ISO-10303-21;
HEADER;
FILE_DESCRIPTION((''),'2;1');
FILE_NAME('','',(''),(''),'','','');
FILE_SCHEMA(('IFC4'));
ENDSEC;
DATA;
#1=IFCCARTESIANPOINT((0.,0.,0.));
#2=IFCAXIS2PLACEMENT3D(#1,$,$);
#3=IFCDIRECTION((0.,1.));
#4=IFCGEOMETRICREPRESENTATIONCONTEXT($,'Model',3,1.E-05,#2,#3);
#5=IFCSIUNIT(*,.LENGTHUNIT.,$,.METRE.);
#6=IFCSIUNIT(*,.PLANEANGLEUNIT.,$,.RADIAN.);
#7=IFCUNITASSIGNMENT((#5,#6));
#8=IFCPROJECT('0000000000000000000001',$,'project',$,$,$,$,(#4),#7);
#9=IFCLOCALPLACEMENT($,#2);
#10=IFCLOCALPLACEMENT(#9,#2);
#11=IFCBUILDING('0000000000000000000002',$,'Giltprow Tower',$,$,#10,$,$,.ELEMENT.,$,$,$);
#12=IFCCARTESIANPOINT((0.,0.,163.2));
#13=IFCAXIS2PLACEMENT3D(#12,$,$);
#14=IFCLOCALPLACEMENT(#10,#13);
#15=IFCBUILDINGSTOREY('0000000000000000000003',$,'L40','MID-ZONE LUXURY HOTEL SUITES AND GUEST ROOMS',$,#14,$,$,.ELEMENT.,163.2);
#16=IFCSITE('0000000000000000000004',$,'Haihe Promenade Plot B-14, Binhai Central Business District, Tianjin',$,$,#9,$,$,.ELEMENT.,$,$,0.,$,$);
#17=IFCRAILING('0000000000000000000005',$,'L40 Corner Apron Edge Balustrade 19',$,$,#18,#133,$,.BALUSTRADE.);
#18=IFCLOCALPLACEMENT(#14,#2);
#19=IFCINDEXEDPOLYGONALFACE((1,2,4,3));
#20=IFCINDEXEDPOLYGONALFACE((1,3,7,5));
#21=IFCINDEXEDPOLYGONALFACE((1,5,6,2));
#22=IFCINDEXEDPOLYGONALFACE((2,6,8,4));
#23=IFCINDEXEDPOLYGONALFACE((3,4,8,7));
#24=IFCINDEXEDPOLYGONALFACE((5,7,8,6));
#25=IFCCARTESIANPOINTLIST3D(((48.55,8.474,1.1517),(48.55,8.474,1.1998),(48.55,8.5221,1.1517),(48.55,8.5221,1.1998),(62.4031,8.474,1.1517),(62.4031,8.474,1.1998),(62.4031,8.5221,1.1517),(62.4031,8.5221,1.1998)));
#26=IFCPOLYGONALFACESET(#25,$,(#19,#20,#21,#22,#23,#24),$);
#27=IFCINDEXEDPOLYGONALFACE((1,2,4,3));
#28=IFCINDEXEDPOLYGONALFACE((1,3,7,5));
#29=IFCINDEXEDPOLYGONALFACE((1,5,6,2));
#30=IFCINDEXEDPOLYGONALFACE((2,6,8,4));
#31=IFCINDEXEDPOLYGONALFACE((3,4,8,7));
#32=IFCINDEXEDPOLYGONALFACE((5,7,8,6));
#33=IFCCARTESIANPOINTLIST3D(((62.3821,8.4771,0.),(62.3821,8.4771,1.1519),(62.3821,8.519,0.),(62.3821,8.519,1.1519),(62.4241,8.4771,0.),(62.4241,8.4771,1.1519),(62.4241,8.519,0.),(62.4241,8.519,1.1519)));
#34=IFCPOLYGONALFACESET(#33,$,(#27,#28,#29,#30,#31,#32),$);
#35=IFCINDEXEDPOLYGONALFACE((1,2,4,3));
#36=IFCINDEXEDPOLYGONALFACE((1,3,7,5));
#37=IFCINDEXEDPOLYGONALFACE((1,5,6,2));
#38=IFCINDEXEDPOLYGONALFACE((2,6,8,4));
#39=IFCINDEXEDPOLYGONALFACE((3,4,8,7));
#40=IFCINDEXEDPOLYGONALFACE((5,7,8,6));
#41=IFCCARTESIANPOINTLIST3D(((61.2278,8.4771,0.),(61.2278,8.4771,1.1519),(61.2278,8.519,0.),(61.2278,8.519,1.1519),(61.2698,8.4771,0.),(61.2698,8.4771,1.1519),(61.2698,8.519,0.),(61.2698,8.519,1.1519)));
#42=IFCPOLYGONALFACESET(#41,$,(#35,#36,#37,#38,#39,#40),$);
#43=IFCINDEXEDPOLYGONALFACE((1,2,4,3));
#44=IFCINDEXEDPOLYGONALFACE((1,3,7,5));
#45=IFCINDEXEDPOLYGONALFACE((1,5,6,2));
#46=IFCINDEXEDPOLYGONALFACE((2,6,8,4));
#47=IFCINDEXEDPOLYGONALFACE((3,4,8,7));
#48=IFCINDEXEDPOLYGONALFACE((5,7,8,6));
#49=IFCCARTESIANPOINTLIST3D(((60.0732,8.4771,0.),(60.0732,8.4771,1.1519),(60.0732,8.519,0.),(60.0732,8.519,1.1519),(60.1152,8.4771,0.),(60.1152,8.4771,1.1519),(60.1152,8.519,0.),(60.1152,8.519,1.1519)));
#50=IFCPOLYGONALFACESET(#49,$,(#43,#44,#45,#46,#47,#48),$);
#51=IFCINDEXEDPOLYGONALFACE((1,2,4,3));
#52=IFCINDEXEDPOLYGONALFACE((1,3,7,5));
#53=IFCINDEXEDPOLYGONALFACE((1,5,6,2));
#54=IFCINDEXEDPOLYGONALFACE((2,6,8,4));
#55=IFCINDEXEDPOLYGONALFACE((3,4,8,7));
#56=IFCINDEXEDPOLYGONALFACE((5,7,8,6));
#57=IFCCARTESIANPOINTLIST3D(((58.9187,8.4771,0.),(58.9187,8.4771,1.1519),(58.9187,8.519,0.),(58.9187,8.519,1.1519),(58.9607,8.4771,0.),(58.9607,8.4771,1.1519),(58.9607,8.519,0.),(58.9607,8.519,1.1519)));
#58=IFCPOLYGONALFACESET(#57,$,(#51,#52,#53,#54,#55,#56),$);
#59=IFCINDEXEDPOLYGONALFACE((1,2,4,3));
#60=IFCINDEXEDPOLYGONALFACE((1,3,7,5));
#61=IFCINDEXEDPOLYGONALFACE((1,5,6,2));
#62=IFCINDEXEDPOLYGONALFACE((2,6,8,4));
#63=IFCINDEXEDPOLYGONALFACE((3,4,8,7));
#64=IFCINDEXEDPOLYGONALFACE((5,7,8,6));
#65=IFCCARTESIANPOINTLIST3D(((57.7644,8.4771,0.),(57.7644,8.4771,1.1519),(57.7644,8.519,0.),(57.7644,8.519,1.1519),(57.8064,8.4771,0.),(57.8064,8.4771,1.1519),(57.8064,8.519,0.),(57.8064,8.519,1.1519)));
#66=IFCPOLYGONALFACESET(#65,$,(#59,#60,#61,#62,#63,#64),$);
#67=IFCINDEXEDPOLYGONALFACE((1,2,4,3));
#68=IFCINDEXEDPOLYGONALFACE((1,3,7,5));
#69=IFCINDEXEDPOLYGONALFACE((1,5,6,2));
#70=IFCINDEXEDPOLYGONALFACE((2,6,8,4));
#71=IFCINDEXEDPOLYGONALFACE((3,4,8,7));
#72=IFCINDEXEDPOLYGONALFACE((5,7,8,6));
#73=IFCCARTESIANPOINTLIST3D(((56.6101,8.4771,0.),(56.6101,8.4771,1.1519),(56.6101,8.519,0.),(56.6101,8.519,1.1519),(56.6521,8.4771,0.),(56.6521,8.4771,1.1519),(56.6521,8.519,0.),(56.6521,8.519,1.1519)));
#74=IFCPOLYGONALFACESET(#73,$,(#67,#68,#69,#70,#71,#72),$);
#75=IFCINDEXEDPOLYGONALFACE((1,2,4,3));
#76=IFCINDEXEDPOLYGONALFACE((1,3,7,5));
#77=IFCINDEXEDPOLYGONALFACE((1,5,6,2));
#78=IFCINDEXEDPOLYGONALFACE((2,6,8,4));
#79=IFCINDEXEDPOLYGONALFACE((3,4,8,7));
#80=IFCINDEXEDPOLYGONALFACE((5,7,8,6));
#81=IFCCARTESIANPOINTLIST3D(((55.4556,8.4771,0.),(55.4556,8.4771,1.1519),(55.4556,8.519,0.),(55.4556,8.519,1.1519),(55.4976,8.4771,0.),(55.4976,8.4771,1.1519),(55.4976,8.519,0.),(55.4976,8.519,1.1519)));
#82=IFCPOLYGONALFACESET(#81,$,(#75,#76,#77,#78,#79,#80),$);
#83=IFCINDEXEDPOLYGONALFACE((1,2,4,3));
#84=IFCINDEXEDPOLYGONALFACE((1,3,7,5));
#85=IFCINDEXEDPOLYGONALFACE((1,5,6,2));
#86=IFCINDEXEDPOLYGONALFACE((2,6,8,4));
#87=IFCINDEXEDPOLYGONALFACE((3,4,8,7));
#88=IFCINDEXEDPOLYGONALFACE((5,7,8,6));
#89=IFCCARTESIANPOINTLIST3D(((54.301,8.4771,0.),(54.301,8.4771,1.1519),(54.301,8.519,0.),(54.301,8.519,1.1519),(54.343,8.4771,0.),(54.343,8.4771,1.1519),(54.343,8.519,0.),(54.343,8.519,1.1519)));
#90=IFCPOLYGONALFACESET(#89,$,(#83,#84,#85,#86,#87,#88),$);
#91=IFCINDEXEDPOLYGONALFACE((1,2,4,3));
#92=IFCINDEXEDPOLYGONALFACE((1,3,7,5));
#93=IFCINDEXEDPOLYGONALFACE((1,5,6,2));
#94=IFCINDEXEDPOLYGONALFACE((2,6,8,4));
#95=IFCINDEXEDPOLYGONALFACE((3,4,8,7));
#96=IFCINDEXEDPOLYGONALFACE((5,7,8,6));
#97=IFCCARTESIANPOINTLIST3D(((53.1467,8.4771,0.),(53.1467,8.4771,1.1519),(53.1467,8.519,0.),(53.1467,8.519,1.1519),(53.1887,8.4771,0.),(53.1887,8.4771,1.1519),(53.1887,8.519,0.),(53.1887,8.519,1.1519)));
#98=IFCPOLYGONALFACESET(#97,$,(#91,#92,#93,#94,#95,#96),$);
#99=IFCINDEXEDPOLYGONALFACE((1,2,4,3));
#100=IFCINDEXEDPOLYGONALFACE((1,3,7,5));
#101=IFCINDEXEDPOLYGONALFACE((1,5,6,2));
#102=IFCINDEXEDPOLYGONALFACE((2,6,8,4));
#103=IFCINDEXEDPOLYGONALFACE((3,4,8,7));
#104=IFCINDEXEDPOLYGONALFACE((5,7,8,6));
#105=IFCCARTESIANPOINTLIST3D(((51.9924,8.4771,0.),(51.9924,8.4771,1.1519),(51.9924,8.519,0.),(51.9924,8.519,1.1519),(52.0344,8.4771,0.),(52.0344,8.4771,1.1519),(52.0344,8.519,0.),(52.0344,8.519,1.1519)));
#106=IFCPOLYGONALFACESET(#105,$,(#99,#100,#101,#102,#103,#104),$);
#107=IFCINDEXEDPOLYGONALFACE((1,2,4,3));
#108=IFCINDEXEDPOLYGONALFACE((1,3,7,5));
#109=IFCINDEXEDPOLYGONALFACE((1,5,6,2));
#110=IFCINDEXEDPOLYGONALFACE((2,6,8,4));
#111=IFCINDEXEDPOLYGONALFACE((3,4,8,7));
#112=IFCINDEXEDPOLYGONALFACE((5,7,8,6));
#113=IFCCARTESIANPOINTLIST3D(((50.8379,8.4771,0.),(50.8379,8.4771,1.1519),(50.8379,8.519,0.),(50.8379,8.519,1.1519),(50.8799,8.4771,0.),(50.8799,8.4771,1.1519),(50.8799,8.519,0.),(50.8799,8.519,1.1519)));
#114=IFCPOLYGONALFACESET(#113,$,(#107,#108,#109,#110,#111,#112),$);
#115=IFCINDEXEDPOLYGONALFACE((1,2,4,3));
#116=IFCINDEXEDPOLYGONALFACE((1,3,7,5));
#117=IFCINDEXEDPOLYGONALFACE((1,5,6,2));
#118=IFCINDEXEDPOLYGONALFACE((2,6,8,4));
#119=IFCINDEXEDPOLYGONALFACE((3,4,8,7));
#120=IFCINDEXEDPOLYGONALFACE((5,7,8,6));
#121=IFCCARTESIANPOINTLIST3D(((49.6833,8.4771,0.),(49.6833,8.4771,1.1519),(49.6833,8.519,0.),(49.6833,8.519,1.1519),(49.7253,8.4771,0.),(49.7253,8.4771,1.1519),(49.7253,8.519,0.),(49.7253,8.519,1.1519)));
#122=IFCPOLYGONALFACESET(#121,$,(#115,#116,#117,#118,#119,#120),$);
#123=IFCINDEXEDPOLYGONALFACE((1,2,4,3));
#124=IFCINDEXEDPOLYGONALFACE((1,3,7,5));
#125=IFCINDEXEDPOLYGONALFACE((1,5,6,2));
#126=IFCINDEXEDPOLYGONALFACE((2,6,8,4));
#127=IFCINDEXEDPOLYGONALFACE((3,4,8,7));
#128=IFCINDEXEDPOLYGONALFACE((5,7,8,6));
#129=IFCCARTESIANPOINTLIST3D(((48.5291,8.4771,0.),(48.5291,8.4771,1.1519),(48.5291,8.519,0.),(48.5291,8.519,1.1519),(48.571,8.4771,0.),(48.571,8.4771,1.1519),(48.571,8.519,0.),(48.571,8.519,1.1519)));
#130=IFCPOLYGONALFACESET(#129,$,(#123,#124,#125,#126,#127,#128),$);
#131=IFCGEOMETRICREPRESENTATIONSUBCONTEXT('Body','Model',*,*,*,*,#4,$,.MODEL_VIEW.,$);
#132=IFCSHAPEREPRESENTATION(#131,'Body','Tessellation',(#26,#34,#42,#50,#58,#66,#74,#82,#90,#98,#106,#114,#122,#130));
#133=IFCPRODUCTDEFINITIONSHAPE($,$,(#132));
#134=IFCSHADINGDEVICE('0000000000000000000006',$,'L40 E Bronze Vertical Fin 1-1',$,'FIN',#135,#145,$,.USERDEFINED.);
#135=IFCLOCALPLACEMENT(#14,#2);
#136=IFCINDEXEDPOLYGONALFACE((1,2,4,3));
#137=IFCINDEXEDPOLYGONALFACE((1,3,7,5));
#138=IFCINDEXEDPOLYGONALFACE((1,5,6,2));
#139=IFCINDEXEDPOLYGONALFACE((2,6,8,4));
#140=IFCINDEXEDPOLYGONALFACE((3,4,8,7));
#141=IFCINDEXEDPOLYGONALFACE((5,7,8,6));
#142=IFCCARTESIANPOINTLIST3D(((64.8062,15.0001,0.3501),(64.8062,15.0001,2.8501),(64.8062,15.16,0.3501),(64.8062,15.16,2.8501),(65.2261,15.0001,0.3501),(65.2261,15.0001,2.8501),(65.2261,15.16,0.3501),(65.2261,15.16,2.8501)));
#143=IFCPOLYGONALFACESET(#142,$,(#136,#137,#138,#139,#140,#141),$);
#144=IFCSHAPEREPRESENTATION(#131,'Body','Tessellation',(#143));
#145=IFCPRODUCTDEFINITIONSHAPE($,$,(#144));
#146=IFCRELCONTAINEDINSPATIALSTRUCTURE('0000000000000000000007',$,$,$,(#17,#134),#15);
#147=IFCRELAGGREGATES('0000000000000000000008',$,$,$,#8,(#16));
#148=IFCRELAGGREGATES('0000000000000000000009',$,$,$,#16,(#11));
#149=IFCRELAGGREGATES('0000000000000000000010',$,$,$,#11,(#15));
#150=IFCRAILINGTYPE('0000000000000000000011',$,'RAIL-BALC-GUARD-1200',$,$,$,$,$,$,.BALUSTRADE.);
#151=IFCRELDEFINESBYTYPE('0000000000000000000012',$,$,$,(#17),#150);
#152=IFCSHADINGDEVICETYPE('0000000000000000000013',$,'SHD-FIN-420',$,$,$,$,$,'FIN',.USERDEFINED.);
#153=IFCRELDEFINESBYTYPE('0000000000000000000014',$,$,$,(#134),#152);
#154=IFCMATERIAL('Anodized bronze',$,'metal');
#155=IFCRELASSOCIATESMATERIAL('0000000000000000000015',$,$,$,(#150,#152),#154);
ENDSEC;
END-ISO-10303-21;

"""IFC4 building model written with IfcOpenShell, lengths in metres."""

from ifc_helpers import new_model, si_unit, direction, frame, origin, origin_2d, place, context, subcontext, project, spatial, rectangle, extrude, source, transform, mapped, material, type_object, element, save


model = new_model("IFC4")

# Units and contexts
model_context = context("Model", 3, precision=1e-05, world=origin(), true_north=direction((0.0, 1.0)))
body_context = subcontext(model_context, "Body", "Model", "MODEL_VIEW")
ifc_project = project(units=[si_unit("LENGTHUNIT", "METRE"), si_unit("PLANEANGLEUNIT", "RADIAN")], contexts=[model_context])

# Site, building, storey
site_placement = place(None, origin())
site = spatial("IfcSite", under=ifc_project, at=site_placement, Name="Haihe Promenade Plot B-14, Binhai Central Business District, Tianjin", CompositionType="ELEMENT", RefElevation=0.0)
building_placement = place(site_placement, origin())
building = spatial("IfcBuilding", under=site, at=building_placement, Name="Giltprow Tower", CompositionType="ELEMENT")
storey_placement = place(building_placement, frame((0.0, 0.0, 163.2)))
storey = spatial("IfcBuildingStorey", under=building, at=storey_placement, Name="L40", Description="MID-ZONE LUXURY HOTEL SUITES AND GUEST ROOMS", CompositionType="ELEMENT", Elevation=163.2)

# Shared definitions
ifc_material_1 = material(Name="Anodized bronze", Category="metal")

# Railing
railing_type = type_object("IfcRailingType", Name="RAIL-BALC-GUARD-1200", PredefinedType="BALUSTRADE", material=ifc_material_1)
railing_1_placement = place(storey_placement, frame((62.4031, 8.498, 0.0)))
element("IfcRailing", 1, at=railing_1_placement, inside=storey, type_object=railing_type, Name="L40 Corner Apron Edge Balustrade 19", PredefinedType="BALUSTRADE", context=body_context, shape_type="SweptSolid", body=[
    extrude(rectangle(XDim=0.0481, YDim=0.0481, at=origin_2d()), frame((0.0, 0.0, 1.1758), z_axis=(-1.0, 0.0, 0.0), x_axis=(0.0, -1.0, 0.0)), (0.0, 0.0, 1.0), 13.853),
    extrude(rectangle(XDim=0.042, YDim=0.042, at=origin_2d()), origin(), (0.0, 0.0, 1.0), 1.1519),
    extrude(rectangle(XDim=0.042, YDim=0.042, at=origin_2d()), frame((-1.1543, 0.0, 0.0)), (0.0, 0.0, 1.0), 1.1519),
    extrude(rectangle(XDim=0.042, YDim=0.042, at=origin_2d()), frame((-2.3088, 0.0, 0.0)), (0.0, 0.0, 1.0), 1.1519),
    extrude(rectangle(XDim=0.042, YDim=0.042, at=origin_2d()), frame((-3.4634, 0.0, 0.0)), (0.0, 0.0, 1.0), 1.1519),
    extrude(rectangle(XDim=0.042, YDim=0.042, at=origin_2d()), frame((-4.6177, 0.0, 0.0)), (0.0, 0.0, 1.0), 1.1519),
    extrude(rectangle(XDim=0.042, YDim=0.042, at=origin_2d()), frame((-5.772, 0.0, 0.0)), (0.0, 0.0, 1.0), 1.1519),
    extrude(rectangle(XDim=0.042, YDim=0.042, at=origin_2d()), frame((-6.9265, 0.0, 0.0)), (0.0, 0.0, 1.0), 1.1519),
    extrude(rectangle(XDim=0.042, YDim=0.042, at=origin_2d()), frame((-8.0811, 0.0, 0.0)), (0.0, 0.0, 1.0), 1.1519),
    extrude(rectangle(XDim=0.042, YDim=0.042, at=origin_2d()), frame((-9.2354, 0.0, 0.0)), (0.0, 0.0, 1.0), 1.1519),
    extrude(rectangle(XDim=0.042, YDim=0.042, at=origin_2d()), frame((-10.3896, 0.0, 0.0)), (0.0, 0.0, 1.0), 1.1519),
    extrude(rectangle(XDim=0.042, YDim=0.042, at=origin_2d()), frame((-11.5442, 0.0, 0.0)), (0.0, 0.0, 1.0), 1.1519),
    extrude(rectangle(XDim=0.042, YDim=0.042, at=origin_2d()), frame((-12.6987, 0.0, 0.0)), (0.0, 0.0, 1.0), 1.1519),
    extrude(rectangle(XDim=0.042, YDim=0.042, at=origin_2d()), frame((-13.853, 0.0, 0.0)), (0.0, 0.0, 1.0), 1.1519),
])

# Shading device
shading_device_type = type_object("IfcShadingDeviceType", Name="SHD-FIN-420", ElementType="FIN", PredefinedType="USERDEFINED", material=ifc_material_1)
shared_shape_1 = source(origin(), body_context, "Body", "SweptSolid", [
    extrude(rectangle(XDim=0.4199, YDim=0.1599, at=origin_2d()), origin(), (0.0, 0.0, 1.0), 2.5),
])
shading_device_placement = place(storey_placement, frame((65.0161, 15.0801, 0.3501), z_axis=(0.0, 0.0, 1.0), x_axis=(1.0, 0.0, 0.0)))
element("IfcShadingDevice", 2, at=shading_device_placement, inside=storey, type_object=shading_device_type, Name="L40 E Bronze Vertical Fin 1-1", ObjectType="FIN", PredefinedType="USERDEFINED", context=body_context, shape_type="MappedRepresentation", body=[
    mapped(shared_shape_1, transform((0.0, 0.0, 0.0), x_axis=(1.0, 0.0, 0.0), y_axis=(0.0, 1.0, 0.0), z_axis=(0.0, 0.0, 1.0), scale=1.0)),
])

save(model, "model.ifc")
